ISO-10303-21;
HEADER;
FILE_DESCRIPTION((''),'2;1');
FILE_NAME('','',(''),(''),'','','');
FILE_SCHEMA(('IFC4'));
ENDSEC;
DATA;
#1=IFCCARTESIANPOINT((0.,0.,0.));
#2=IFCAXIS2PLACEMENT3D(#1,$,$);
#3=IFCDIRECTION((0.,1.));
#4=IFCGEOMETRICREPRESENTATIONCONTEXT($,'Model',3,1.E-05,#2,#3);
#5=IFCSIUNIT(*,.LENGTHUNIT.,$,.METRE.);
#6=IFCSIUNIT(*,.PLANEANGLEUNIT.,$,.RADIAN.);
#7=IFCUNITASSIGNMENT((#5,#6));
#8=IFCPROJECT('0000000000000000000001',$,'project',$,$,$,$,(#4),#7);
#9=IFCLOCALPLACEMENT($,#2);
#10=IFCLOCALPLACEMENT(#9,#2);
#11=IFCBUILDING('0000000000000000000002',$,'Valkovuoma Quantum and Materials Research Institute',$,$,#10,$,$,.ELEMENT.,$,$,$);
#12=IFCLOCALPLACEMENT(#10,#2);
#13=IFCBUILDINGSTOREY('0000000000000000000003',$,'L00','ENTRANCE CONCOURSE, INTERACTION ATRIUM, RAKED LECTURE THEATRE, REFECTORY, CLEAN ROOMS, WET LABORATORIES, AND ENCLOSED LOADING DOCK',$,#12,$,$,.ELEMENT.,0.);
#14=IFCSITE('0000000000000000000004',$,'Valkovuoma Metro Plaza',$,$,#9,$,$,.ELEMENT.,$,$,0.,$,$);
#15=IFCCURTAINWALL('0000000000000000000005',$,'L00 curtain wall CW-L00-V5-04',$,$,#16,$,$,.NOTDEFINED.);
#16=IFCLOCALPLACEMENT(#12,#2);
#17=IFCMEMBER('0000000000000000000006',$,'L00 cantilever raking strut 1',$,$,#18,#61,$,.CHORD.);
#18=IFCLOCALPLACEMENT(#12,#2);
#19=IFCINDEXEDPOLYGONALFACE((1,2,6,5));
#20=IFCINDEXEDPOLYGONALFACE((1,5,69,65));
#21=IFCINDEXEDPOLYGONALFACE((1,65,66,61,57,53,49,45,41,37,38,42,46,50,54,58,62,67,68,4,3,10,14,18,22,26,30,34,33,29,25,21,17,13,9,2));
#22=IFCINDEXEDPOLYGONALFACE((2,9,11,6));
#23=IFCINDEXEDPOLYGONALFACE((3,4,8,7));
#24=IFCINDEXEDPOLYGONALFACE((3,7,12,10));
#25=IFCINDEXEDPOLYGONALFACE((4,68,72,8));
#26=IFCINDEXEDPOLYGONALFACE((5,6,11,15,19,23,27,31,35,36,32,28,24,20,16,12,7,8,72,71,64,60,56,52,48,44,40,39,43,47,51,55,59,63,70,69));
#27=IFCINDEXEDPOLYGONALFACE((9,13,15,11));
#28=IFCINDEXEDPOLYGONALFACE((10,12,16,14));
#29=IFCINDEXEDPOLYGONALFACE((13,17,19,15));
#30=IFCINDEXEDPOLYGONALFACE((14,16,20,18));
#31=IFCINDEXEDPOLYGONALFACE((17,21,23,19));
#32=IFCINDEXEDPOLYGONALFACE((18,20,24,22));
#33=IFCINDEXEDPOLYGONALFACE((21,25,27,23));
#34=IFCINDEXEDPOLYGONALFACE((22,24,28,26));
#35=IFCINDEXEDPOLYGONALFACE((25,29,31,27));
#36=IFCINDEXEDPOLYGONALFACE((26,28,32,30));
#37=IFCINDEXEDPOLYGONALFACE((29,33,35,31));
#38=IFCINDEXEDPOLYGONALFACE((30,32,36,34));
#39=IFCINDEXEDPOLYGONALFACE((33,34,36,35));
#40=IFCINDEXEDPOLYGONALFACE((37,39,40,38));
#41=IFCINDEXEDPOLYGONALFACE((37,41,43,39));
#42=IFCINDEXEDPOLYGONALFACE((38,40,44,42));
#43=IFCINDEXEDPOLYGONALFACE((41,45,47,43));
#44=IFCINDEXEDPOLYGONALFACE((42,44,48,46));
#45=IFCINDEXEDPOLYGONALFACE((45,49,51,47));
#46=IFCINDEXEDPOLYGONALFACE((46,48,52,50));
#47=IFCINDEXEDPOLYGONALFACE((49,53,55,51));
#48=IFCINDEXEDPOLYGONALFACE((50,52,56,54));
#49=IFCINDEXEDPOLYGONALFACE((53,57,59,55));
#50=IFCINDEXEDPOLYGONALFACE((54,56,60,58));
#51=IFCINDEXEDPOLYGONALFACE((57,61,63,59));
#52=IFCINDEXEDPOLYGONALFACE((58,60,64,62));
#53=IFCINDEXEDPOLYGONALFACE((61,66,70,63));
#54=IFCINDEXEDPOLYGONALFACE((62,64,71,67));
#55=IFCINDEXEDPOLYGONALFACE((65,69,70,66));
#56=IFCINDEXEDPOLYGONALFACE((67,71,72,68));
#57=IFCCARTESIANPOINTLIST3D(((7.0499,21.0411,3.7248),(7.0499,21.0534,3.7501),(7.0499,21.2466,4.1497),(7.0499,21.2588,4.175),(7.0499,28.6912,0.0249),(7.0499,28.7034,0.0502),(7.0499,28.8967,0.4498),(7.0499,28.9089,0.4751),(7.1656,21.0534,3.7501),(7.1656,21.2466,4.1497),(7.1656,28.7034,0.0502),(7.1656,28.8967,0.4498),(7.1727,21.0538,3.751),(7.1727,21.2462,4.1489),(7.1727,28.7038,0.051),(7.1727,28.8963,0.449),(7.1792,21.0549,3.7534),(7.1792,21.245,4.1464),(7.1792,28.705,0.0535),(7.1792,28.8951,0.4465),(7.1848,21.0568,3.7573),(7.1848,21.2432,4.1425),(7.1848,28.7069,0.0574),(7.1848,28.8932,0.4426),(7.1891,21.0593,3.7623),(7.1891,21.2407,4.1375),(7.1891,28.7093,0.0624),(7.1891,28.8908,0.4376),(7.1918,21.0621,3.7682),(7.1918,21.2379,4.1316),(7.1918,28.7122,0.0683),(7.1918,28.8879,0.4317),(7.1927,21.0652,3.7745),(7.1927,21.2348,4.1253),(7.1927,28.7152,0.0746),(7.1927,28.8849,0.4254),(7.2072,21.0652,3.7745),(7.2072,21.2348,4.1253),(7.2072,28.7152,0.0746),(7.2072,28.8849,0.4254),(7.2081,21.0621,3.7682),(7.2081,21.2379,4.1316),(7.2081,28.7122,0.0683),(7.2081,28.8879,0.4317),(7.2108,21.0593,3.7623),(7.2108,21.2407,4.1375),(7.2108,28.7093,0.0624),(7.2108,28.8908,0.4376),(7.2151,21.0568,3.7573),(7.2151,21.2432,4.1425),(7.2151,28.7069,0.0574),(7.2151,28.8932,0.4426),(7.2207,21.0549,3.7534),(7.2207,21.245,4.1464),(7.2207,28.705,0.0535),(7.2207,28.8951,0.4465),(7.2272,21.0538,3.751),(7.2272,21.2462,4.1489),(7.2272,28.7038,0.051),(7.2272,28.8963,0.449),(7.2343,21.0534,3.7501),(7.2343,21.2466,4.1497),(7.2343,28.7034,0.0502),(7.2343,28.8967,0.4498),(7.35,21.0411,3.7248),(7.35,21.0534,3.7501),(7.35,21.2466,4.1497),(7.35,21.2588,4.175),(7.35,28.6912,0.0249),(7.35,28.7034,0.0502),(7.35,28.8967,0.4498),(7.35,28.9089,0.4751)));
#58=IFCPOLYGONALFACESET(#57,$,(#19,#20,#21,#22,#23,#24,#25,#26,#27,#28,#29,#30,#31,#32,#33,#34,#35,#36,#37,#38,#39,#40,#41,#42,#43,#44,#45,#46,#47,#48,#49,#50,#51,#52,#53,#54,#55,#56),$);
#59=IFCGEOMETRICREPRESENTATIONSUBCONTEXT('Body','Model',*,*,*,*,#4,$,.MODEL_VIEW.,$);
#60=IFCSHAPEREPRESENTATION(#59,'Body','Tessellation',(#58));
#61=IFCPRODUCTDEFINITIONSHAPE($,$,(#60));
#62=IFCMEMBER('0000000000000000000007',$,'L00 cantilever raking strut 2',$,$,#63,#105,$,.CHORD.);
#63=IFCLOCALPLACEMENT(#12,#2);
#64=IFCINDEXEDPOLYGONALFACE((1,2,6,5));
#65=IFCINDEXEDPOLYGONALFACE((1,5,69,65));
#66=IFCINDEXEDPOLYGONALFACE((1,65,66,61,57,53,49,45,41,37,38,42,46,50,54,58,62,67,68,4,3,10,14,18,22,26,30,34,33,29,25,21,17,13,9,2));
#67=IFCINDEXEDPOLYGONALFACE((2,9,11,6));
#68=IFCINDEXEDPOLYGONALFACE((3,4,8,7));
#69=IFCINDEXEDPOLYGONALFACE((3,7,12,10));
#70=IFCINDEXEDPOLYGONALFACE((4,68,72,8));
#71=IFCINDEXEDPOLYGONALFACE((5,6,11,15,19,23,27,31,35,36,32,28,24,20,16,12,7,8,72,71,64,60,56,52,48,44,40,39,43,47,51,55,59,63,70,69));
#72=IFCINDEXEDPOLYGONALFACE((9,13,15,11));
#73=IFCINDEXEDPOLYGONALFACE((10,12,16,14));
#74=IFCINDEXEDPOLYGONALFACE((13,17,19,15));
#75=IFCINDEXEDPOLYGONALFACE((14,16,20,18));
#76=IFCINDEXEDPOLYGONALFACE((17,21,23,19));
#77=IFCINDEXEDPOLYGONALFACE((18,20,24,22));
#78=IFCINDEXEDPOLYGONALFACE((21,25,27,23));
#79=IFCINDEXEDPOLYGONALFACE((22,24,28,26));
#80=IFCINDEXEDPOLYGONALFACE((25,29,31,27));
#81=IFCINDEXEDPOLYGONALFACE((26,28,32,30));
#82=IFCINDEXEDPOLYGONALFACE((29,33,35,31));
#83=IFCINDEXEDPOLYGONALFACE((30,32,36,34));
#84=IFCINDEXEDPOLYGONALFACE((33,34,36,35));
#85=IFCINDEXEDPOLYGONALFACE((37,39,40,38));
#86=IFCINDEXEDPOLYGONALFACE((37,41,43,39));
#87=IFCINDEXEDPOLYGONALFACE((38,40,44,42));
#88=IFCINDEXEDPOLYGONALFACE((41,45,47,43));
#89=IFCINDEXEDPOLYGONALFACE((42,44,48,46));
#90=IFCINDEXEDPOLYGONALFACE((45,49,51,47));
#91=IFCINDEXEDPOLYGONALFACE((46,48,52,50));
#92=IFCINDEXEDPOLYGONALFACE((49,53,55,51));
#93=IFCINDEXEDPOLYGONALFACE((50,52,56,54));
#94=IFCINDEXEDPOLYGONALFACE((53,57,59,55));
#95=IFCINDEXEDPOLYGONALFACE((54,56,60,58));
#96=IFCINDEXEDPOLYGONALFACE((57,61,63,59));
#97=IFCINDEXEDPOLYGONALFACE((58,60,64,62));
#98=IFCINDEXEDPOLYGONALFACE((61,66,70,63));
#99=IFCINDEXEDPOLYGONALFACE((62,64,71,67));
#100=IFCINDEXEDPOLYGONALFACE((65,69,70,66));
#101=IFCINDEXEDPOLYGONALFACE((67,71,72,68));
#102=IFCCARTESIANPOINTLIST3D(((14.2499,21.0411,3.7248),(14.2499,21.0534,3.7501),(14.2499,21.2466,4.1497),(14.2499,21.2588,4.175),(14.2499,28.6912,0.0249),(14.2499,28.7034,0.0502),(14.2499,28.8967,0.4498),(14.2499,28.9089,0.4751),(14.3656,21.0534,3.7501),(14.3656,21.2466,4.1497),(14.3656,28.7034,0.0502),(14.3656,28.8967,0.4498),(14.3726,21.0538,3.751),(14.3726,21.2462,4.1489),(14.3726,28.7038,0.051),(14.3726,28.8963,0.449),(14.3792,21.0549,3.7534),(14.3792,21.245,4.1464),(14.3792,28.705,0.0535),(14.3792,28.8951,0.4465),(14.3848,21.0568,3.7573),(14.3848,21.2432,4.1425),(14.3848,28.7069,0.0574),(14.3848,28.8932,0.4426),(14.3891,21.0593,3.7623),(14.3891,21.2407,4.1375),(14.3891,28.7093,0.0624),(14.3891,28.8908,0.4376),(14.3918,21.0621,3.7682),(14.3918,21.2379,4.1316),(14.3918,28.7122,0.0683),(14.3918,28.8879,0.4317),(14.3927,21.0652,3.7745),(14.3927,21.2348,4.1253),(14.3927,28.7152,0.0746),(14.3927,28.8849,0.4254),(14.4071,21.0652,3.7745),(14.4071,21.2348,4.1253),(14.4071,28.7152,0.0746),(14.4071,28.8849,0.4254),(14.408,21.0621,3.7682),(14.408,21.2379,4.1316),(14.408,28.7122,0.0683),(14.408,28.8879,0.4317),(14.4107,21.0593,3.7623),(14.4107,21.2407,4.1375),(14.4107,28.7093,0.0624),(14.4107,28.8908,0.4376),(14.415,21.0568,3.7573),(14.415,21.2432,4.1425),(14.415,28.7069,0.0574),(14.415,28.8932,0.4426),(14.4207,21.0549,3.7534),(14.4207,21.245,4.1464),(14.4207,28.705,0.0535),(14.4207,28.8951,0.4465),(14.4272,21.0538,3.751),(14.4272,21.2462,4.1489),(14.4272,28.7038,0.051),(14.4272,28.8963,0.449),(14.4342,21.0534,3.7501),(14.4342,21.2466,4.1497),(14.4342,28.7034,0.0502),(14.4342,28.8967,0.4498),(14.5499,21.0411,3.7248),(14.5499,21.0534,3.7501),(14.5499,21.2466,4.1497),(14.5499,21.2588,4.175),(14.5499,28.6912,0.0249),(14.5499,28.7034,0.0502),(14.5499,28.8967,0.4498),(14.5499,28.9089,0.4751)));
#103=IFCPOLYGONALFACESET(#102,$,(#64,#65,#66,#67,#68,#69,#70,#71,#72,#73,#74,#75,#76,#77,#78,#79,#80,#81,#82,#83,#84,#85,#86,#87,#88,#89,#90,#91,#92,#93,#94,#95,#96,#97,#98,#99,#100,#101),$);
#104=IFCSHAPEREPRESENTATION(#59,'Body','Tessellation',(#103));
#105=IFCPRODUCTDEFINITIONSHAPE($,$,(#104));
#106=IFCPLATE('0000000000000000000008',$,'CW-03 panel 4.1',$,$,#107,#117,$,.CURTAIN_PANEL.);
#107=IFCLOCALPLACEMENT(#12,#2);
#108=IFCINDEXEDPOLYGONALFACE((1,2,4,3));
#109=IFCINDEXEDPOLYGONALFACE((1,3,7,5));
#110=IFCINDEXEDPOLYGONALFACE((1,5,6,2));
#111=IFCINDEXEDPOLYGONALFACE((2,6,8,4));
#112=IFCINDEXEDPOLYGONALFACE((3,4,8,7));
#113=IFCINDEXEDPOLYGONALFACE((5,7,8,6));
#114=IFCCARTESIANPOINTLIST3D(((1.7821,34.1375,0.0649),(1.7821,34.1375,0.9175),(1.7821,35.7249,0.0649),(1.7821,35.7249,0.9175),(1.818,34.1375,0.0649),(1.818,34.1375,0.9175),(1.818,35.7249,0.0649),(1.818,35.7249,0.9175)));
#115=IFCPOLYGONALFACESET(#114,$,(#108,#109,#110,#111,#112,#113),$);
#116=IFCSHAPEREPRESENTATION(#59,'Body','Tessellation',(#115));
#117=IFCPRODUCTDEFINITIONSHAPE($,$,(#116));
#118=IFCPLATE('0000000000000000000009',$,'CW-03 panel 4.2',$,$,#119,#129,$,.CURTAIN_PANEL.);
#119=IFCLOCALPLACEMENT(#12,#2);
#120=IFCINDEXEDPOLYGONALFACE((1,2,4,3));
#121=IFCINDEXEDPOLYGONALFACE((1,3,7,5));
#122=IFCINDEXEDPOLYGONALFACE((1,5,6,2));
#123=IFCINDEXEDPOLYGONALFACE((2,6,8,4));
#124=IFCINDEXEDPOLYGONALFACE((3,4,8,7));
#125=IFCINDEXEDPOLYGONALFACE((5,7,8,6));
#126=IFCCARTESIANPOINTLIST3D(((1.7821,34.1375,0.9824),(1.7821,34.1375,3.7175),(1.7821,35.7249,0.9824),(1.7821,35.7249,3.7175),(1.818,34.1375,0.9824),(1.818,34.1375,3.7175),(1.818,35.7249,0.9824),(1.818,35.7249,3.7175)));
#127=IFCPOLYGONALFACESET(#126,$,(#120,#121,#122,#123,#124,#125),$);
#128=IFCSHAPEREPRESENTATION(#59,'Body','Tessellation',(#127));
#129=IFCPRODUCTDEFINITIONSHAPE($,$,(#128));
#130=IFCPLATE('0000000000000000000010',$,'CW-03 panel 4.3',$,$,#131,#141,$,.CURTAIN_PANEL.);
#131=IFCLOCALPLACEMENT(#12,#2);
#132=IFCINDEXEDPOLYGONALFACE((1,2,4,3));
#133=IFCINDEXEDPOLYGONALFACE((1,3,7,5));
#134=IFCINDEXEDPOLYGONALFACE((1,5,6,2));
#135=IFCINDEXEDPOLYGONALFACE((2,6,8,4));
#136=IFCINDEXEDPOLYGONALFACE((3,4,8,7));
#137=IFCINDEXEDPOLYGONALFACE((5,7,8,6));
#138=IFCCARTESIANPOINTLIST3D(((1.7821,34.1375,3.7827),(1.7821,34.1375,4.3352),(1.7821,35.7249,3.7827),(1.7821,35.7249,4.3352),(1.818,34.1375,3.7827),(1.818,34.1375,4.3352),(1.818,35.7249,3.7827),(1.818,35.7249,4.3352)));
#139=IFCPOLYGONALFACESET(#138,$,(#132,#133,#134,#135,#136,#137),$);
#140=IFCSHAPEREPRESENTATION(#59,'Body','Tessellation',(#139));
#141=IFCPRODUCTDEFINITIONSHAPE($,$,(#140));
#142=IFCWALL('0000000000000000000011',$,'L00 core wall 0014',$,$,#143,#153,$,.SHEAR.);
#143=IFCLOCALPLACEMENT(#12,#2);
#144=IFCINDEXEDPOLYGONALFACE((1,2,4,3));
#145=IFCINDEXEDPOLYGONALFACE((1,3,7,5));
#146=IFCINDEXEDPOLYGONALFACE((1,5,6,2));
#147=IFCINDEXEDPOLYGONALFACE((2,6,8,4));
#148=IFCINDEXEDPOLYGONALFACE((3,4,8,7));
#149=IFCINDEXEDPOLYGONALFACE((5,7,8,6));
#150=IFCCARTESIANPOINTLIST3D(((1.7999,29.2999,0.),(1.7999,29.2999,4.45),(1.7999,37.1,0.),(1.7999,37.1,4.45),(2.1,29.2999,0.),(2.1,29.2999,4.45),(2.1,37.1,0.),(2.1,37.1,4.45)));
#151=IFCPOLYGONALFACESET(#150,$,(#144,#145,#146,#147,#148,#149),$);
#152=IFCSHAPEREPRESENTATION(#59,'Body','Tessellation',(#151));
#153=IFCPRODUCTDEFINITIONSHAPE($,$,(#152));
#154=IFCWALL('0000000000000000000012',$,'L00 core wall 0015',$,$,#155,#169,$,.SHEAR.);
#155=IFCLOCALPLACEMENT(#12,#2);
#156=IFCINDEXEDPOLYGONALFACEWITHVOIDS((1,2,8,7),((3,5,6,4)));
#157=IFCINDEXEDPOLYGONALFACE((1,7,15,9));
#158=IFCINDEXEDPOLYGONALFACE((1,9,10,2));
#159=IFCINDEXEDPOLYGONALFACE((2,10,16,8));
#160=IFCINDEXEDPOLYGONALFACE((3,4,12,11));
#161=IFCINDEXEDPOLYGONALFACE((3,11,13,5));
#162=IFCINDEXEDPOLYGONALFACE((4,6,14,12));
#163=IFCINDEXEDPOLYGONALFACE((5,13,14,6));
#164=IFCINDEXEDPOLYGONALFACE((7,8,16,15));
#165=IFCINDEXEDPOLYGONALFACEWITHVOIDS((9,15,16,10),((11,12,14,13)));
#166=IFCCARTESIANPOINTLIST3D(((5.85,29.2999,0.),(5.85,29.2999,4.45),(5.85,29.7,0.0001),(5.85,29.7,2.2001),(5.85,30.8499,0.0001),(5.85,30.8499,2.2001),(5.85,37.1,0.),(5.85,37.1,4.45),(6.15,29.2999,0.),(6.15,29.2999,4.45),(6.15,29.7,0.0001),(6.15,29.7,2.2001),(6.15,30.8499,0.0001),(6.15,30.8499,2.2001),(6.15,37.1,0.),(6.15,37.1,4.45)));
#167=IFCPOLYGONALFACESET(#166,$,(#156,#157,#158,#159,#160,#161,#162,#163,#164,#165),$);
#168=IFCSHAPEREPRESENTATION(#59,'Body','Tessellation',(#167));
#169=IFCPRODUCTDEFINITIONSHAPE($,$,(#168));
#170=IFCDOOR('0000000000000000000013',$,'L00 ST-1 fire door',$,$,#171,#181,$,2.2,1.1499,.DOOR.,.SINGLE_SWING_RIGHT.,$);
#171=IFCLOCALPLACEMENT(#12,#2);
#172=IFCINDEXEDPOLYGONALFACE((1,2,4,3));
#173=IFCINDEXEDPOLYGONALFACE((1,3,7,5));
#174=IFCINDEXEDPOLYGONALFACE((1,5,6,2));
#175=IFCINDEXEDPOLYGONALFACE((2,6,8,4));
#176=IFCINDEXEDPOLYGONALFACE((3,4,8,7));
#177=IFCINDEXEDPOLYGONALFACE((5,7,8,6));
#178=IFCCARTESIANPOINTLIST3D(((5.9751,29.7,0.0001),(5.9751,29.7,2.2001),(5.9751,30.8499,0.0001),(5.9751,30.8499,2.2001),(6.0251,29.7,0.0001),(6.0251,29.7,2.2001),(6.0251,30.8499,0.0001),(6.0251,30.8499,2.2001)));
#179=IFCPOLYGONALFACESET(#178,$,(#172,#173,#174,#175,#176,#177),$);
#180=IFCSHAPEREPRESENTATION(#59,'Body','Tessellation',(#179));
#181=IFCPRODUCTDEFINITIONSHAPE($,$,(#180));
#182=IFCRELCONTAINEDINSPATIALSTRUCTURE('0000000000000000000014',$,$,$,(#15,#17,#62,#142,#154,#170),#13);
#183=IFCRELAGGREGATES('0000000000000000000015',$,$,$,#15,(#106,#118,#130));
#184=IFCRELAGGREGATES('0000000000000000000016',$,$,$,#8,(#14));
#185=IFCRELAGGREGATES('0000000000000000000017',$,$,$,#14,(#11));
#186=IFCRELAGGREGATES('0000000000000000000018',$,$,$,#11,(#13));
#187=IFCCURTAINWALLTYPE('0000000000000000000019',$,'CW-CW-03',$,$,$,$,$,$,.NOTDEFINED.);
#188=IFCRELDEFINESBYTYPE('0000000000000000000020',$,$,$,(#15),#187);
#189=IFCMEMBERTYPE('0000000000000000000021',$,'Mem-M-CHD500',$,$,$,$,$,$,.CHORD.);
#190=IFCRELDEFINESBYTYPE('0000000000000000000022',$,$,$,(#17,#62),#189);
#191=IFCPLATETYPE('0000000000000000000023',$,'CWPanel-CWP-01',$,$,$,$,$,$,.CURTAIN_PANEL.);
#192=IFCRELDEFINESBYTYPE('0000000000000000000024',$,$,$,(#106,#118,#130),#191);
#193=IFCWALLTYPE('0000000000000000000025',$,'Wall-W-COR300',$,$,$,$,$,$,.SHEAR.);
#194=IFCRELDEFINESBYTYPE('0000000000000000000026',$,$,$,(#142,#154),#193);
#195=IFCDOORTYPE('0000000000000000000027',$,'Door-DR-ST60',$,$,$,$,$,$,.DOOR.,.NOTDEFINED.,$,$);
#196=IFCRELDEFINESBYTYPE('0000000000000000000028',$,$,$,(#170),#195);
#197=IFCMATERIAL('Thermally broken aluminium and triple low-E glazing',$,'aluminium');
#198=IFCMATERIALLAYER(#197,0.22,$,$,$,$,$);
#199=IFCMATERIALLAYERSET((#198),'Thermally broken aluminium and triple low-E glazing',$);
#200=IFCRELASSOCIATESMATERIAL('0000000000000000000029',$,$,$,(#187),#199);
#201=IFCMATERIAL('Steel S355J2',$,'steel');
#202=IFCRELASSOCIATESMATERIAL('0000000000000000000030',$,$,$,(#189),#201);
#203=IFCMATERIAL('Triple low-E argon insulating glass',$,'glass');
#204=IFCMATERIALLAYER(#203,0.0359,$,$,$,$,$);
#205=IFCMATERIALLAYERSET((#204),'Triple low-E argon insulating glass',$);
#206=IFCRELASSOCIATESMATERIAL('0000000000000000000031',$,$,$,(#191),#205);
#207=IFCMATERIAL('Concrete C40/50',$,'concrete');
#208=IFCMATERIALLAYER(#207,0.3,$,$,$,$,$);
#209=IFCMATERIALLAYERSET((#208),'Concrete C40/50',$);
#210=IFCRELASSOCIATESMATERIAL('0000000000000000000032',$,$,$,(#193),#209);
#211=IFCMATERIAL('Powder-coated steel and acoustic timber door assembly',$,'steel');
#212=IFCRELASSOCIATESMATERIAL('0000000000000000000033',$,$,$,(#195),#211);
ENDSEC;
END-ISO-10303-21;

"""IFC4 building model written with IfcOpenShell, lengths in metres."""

from ifc_helpers import new_model, si_unit, direction, frame, frame_2d, origin, origin_2d, place, context, subcontext, project, spatial, rectangle, i_section, extrude, material, layer, layer_set, material_profile, profile_set, type_object, element, fill, aggregate, save


model = new_model("IFC4")

# Units and contexts
model_context = context("Model", 3, precision=1e-05, world=origin(), true_north=direction((0.0, 1.0)))
body_context = subcontext(model_context, "Body", "Model", "MODEL_VIEW")
ifc_project = project(units=[si_unit("LENGTHUNIT", "METRE"), si_unit("PLANEANGLEUNIT", "RADIAN")], contexts=[model_context])

# Site, building, storey
site_placement = place(None, origin())
site = spatial("IfcSite", under=ifc_project, at=site_placement, Name="Valkovuoma Metro Plaza", CompositionType="ELEMENT", RefElevation=0.0)
building_placement = place(site_placement, origin())
building = spatial("IfcBuilding", under=site, at=building_placement, Name="Valkovuoma Quantum and Materials Research Institute", CompositionType="ELEMENT")
storey_placement = place(building_placement, origin())
storey = spatial("IfcBuildingStorey", under=building, at=storey_placement, Name="L00", Description="ENTRANCE CONCOURSE, INTERACTION ATRIUM, RAKED LECTURE THEATRE, REFECTORY, CLEAN ROOMS, WET LABORATORIES, AND ENCLOSED LOADING DOCK", CompositionType="ELEMENT", Elevation=0.0)

# Curtain wall
ifc_material_1 = material(Name="Thermally broken aluminium and triple low-E glazing", Category="aluminium")
ifc_layer_1 = layer(ifc_material_1, 0.22)
ifc_layer_set_1 = layer_set([ifc_layer_1], Name="Thermally broken aluminium and triple low-E glazing")
curtain_wall_type = type_object("IfcCurtainWallType", Name="CW-CW-03", PredefinedType="NOTDEFINED", material=ifc_layer_set_1)
curtain_wall_placement = place(storey_placement, origin())
curtain_wall = element("IfcCurtainWall", 1, at=curtain_wall_placement, inside=storey, type_object=curtain_wall_type, Name="L00 curtain wall CW-L00-V5-04", PredefinedType="NOTDEFINED")

# Members
ifc_material_2 = material(Name="Steel S355J2", Category="steel")
ifc_material_profile_1 = material_profile(ifc_material_2, i_section(OverallWidth=0.3, OverallDepth=0.5, WebThickness=0.0144, FlangeThickness=0.0281, FilletRadius=0.0271, at=origin_2d()), Name="Steel S355J2")
ifc_profile_set_1 = profile_set([ifc_material_profile_1], Name="Steel S355J2")
member_type_1 = type_object("IfcMemberType", Name="Mem-M-CHD500", PredefinedType="CHORD", material=ifc_profile_set_1)
for number, where, z_axis, x_axis, name in (
    (2, (7.2, 28.8, 0.25), (0.0, -0.900239, 0.435396), (1.0, 0.0, 0.0), "L00 cantilever raking strut 1"),
    (3, (14.3999, 28.8, 0.25), (0.0, -0.900239, 0.435396), (1.0, 0.0, 0.0), "L00 cantilever raking strut 2"),
):
    element("IfcMember", number, at=place(storey_placement, frame(where, z_axis=z_axis, x_axis=x_axis)), inside=storey, type_object=member_type_1, Name=name, PredefinedType="CHORD", context=body_context, shape_type="SweptSolid", body=[
        extrude(i_section(OverallWidth=0.3, OverallDepth=0.5, WebThickness=0.0144, FlangeThickness=0.0281, FilletRadius=0.0271, at=origin_2d()), origin(), (0.0, 0.0, 1.0), 8.4978),
    ])

# Plates
ifc_material_3 = material(Name="Triple low-E argon insulating glass", Category="glass")
ifc_layer_2 = layer(ifc_material_3, 0.0359)
ifc_layer_set_2 = layer_set([ifc_layer_2], Name="Triple low-E argon insulating glass")
plate_type = type_object("IfcPlateType", Name="CWPanel-CWP-01", PredefinedType="CURTAIN_PANEL", material=ifc_layer_set_2)
plate_1_placement = place(storey_placement, frame((1.8, 34.9312, 0.0649), z_axis=(0.0, 0.0, 1.0), x_axis=(0.0, 1.0, 0.0)))
plate_1 = element("IfcPlate", 4, at=plate_1_placement, type_object=plate_type, Name="CW-03 panel 4.1", PredefinedType="CURTAIN_PANEL", context=body_context, shape_type="SweptSolid", body=[
    extrude(rectangle(XDim=1.5874, YDim=0.0359, at=origin_2d()), origin(), (0.0, 0.0, 1.0), 0.8525),
])
plate_2_placement = place(storey_placement, frame((1.8, 34.9312, 0.9824), z_axis=(0.0, 0.0, 1.0), x_axis=(0.0, 1.0, 0.0)))
plate_2 = element("IfcPlate", 5, at=plate_2_placement, type_object=plate_type, Name="CW-03 panel 4.2", PredefinedType="CURTAIN_PANEL", context=body_context, shape_type="SweptSolid", body=[
    extrude(rectangle(XDim=1.5874, YDim=0.0359, at=origin_2d()), origin(), (0.0, 0.0, 1.0), 2.7351),
])
plate_3_placement = place(storey_placement, frame((1.8, 34.9312, 3.7827), z_axis=(0.0, 0.0, 1.0), x_axis=(0.0, 1.0, 0.0)))
plate_3 = element("IfcPlate", 6, at=plate_3_placement, type_object=plate_type, Name="CW-03 panel 4.3", PredefinedType="CURTAIN_PANEL", context=body_context, shape_type="SweptSolid", body=[
    extrude(rectangle(XDim=1.5874, YDim=0.0359, at=origin_2d()), origin(), (0.0, 0.0, 1.0), 0.5525),
])
aggregate(curtain_wall, [plate_1, plate_2, plate_3])

# Wall
ifc_material_4 = material(Name="Concrete C40/50", Category="concrete")
ifc_layer_3 = layer(ifc_material_4, 0.3)
ifc_layer_set_3 = layer_set([ifc_layer_3], Name="Concrete C40/50")
wall_type_1 = type_object("IfcWallType", Name="Wall-W-COR300", PredefinedType="SHEAR", material=ifc_layer_set_3)
wall_1_placement = place(storey_placement, frame((1.95, 29.3, 0.0), z_axis=(0.0, 0.0, 1.0), x_axis=(0.0, 1.0, 0.0)))
element("IfcWall", 7, at=wall_1_placement, inside=storey, type_object=wall_type_1, Name="L00 core wall 0014", PredefinedType="SHEAR", context=body_context, shape_type="SweptSolid", body=[
    extrude(rectangle(XDim=7.8, YDim=0.3, at=frame_2d((3.8999, 0.0))), origin(), (0.0, 0.0, 1.0), 4.45),
])

# Wall, opening, door
wall_2_placement = place(storey_placement, frame((6.0, 29.3, 0.0), z_axis=(0.0, 0.0, 1.0), x_axis=(0.0, 1.0, 0.0)))
wall_2 = element("IfcWall", 8, at=wall_2_placement, inside=storey, type_object=wall_type_1, Name="L00 core wall 0015", PredefinedType="SHEAR", context=body_context, shape_type="SweptSolid", body=[
    extrude(rectangle(XDim=7.8, YDim=0.3, at=frame_2d((3.8999, 0.0))), origin(), (0.0, 0.0, 1.0), 4.45),
])
opening_1_placement = place(wall_2_placement, frame((0.3999, 0.0, 0.0)))
opening_1 = element("IfcOpeningElement", 9, at=opening_1_placement, cuts=wall_2, PredefinedType="OPENING", context=body_context, shape_type="SweptSolid", body=[
    extrude(rectangle(XDim=1.1499, YDim=2.2, at=frame_2d((0.575, 1.1001))), frame((0.0, 0.1602, 0.0), z_axis=(0.0, -1.0, 0.0), x_axis=(1.0, 0.0, 0.0)), (0.0, 0.0, 1.0), 0.3201),
])
ifc_material_5 = material(Name="Powder-coated steel and acoustic timber door assembly", Category="steel")
door_type_1 = type_object("IfcDoorType", Name="Door-DR-ST60", OperationType="NOTDEFINED", PredefinedType="DOOR", material=ifc_material_5)
door_1_placement = place(opening_1_placement, origin())
door_1 = element("IfcDoor", 10, at=door_1_placement, inside=storey, type_object=door_type_1, Name="L00 ST-1 fire door", OperationType="SINGLE_SWING_RIGHT", OverallHeight=2.2, OverallWidth=1.1499, PredefinedType="DOOR", context=body_context, shape_type="SweptSolid", body=[
    extrude(rectangle(XDim=1.1499, YDim=2.2, at=frame_2d((0.575, 1.1001))), frame((0.0, 0.0249, 0.0), z_axis=(0.0, -1.0, 0.0), x_axis=(1.0, 0.0, 0.0)), (0.0, 0.0, 1.0), 0.05),
])
fill(opening_1, door_1)

save(model, "model.ifc")
